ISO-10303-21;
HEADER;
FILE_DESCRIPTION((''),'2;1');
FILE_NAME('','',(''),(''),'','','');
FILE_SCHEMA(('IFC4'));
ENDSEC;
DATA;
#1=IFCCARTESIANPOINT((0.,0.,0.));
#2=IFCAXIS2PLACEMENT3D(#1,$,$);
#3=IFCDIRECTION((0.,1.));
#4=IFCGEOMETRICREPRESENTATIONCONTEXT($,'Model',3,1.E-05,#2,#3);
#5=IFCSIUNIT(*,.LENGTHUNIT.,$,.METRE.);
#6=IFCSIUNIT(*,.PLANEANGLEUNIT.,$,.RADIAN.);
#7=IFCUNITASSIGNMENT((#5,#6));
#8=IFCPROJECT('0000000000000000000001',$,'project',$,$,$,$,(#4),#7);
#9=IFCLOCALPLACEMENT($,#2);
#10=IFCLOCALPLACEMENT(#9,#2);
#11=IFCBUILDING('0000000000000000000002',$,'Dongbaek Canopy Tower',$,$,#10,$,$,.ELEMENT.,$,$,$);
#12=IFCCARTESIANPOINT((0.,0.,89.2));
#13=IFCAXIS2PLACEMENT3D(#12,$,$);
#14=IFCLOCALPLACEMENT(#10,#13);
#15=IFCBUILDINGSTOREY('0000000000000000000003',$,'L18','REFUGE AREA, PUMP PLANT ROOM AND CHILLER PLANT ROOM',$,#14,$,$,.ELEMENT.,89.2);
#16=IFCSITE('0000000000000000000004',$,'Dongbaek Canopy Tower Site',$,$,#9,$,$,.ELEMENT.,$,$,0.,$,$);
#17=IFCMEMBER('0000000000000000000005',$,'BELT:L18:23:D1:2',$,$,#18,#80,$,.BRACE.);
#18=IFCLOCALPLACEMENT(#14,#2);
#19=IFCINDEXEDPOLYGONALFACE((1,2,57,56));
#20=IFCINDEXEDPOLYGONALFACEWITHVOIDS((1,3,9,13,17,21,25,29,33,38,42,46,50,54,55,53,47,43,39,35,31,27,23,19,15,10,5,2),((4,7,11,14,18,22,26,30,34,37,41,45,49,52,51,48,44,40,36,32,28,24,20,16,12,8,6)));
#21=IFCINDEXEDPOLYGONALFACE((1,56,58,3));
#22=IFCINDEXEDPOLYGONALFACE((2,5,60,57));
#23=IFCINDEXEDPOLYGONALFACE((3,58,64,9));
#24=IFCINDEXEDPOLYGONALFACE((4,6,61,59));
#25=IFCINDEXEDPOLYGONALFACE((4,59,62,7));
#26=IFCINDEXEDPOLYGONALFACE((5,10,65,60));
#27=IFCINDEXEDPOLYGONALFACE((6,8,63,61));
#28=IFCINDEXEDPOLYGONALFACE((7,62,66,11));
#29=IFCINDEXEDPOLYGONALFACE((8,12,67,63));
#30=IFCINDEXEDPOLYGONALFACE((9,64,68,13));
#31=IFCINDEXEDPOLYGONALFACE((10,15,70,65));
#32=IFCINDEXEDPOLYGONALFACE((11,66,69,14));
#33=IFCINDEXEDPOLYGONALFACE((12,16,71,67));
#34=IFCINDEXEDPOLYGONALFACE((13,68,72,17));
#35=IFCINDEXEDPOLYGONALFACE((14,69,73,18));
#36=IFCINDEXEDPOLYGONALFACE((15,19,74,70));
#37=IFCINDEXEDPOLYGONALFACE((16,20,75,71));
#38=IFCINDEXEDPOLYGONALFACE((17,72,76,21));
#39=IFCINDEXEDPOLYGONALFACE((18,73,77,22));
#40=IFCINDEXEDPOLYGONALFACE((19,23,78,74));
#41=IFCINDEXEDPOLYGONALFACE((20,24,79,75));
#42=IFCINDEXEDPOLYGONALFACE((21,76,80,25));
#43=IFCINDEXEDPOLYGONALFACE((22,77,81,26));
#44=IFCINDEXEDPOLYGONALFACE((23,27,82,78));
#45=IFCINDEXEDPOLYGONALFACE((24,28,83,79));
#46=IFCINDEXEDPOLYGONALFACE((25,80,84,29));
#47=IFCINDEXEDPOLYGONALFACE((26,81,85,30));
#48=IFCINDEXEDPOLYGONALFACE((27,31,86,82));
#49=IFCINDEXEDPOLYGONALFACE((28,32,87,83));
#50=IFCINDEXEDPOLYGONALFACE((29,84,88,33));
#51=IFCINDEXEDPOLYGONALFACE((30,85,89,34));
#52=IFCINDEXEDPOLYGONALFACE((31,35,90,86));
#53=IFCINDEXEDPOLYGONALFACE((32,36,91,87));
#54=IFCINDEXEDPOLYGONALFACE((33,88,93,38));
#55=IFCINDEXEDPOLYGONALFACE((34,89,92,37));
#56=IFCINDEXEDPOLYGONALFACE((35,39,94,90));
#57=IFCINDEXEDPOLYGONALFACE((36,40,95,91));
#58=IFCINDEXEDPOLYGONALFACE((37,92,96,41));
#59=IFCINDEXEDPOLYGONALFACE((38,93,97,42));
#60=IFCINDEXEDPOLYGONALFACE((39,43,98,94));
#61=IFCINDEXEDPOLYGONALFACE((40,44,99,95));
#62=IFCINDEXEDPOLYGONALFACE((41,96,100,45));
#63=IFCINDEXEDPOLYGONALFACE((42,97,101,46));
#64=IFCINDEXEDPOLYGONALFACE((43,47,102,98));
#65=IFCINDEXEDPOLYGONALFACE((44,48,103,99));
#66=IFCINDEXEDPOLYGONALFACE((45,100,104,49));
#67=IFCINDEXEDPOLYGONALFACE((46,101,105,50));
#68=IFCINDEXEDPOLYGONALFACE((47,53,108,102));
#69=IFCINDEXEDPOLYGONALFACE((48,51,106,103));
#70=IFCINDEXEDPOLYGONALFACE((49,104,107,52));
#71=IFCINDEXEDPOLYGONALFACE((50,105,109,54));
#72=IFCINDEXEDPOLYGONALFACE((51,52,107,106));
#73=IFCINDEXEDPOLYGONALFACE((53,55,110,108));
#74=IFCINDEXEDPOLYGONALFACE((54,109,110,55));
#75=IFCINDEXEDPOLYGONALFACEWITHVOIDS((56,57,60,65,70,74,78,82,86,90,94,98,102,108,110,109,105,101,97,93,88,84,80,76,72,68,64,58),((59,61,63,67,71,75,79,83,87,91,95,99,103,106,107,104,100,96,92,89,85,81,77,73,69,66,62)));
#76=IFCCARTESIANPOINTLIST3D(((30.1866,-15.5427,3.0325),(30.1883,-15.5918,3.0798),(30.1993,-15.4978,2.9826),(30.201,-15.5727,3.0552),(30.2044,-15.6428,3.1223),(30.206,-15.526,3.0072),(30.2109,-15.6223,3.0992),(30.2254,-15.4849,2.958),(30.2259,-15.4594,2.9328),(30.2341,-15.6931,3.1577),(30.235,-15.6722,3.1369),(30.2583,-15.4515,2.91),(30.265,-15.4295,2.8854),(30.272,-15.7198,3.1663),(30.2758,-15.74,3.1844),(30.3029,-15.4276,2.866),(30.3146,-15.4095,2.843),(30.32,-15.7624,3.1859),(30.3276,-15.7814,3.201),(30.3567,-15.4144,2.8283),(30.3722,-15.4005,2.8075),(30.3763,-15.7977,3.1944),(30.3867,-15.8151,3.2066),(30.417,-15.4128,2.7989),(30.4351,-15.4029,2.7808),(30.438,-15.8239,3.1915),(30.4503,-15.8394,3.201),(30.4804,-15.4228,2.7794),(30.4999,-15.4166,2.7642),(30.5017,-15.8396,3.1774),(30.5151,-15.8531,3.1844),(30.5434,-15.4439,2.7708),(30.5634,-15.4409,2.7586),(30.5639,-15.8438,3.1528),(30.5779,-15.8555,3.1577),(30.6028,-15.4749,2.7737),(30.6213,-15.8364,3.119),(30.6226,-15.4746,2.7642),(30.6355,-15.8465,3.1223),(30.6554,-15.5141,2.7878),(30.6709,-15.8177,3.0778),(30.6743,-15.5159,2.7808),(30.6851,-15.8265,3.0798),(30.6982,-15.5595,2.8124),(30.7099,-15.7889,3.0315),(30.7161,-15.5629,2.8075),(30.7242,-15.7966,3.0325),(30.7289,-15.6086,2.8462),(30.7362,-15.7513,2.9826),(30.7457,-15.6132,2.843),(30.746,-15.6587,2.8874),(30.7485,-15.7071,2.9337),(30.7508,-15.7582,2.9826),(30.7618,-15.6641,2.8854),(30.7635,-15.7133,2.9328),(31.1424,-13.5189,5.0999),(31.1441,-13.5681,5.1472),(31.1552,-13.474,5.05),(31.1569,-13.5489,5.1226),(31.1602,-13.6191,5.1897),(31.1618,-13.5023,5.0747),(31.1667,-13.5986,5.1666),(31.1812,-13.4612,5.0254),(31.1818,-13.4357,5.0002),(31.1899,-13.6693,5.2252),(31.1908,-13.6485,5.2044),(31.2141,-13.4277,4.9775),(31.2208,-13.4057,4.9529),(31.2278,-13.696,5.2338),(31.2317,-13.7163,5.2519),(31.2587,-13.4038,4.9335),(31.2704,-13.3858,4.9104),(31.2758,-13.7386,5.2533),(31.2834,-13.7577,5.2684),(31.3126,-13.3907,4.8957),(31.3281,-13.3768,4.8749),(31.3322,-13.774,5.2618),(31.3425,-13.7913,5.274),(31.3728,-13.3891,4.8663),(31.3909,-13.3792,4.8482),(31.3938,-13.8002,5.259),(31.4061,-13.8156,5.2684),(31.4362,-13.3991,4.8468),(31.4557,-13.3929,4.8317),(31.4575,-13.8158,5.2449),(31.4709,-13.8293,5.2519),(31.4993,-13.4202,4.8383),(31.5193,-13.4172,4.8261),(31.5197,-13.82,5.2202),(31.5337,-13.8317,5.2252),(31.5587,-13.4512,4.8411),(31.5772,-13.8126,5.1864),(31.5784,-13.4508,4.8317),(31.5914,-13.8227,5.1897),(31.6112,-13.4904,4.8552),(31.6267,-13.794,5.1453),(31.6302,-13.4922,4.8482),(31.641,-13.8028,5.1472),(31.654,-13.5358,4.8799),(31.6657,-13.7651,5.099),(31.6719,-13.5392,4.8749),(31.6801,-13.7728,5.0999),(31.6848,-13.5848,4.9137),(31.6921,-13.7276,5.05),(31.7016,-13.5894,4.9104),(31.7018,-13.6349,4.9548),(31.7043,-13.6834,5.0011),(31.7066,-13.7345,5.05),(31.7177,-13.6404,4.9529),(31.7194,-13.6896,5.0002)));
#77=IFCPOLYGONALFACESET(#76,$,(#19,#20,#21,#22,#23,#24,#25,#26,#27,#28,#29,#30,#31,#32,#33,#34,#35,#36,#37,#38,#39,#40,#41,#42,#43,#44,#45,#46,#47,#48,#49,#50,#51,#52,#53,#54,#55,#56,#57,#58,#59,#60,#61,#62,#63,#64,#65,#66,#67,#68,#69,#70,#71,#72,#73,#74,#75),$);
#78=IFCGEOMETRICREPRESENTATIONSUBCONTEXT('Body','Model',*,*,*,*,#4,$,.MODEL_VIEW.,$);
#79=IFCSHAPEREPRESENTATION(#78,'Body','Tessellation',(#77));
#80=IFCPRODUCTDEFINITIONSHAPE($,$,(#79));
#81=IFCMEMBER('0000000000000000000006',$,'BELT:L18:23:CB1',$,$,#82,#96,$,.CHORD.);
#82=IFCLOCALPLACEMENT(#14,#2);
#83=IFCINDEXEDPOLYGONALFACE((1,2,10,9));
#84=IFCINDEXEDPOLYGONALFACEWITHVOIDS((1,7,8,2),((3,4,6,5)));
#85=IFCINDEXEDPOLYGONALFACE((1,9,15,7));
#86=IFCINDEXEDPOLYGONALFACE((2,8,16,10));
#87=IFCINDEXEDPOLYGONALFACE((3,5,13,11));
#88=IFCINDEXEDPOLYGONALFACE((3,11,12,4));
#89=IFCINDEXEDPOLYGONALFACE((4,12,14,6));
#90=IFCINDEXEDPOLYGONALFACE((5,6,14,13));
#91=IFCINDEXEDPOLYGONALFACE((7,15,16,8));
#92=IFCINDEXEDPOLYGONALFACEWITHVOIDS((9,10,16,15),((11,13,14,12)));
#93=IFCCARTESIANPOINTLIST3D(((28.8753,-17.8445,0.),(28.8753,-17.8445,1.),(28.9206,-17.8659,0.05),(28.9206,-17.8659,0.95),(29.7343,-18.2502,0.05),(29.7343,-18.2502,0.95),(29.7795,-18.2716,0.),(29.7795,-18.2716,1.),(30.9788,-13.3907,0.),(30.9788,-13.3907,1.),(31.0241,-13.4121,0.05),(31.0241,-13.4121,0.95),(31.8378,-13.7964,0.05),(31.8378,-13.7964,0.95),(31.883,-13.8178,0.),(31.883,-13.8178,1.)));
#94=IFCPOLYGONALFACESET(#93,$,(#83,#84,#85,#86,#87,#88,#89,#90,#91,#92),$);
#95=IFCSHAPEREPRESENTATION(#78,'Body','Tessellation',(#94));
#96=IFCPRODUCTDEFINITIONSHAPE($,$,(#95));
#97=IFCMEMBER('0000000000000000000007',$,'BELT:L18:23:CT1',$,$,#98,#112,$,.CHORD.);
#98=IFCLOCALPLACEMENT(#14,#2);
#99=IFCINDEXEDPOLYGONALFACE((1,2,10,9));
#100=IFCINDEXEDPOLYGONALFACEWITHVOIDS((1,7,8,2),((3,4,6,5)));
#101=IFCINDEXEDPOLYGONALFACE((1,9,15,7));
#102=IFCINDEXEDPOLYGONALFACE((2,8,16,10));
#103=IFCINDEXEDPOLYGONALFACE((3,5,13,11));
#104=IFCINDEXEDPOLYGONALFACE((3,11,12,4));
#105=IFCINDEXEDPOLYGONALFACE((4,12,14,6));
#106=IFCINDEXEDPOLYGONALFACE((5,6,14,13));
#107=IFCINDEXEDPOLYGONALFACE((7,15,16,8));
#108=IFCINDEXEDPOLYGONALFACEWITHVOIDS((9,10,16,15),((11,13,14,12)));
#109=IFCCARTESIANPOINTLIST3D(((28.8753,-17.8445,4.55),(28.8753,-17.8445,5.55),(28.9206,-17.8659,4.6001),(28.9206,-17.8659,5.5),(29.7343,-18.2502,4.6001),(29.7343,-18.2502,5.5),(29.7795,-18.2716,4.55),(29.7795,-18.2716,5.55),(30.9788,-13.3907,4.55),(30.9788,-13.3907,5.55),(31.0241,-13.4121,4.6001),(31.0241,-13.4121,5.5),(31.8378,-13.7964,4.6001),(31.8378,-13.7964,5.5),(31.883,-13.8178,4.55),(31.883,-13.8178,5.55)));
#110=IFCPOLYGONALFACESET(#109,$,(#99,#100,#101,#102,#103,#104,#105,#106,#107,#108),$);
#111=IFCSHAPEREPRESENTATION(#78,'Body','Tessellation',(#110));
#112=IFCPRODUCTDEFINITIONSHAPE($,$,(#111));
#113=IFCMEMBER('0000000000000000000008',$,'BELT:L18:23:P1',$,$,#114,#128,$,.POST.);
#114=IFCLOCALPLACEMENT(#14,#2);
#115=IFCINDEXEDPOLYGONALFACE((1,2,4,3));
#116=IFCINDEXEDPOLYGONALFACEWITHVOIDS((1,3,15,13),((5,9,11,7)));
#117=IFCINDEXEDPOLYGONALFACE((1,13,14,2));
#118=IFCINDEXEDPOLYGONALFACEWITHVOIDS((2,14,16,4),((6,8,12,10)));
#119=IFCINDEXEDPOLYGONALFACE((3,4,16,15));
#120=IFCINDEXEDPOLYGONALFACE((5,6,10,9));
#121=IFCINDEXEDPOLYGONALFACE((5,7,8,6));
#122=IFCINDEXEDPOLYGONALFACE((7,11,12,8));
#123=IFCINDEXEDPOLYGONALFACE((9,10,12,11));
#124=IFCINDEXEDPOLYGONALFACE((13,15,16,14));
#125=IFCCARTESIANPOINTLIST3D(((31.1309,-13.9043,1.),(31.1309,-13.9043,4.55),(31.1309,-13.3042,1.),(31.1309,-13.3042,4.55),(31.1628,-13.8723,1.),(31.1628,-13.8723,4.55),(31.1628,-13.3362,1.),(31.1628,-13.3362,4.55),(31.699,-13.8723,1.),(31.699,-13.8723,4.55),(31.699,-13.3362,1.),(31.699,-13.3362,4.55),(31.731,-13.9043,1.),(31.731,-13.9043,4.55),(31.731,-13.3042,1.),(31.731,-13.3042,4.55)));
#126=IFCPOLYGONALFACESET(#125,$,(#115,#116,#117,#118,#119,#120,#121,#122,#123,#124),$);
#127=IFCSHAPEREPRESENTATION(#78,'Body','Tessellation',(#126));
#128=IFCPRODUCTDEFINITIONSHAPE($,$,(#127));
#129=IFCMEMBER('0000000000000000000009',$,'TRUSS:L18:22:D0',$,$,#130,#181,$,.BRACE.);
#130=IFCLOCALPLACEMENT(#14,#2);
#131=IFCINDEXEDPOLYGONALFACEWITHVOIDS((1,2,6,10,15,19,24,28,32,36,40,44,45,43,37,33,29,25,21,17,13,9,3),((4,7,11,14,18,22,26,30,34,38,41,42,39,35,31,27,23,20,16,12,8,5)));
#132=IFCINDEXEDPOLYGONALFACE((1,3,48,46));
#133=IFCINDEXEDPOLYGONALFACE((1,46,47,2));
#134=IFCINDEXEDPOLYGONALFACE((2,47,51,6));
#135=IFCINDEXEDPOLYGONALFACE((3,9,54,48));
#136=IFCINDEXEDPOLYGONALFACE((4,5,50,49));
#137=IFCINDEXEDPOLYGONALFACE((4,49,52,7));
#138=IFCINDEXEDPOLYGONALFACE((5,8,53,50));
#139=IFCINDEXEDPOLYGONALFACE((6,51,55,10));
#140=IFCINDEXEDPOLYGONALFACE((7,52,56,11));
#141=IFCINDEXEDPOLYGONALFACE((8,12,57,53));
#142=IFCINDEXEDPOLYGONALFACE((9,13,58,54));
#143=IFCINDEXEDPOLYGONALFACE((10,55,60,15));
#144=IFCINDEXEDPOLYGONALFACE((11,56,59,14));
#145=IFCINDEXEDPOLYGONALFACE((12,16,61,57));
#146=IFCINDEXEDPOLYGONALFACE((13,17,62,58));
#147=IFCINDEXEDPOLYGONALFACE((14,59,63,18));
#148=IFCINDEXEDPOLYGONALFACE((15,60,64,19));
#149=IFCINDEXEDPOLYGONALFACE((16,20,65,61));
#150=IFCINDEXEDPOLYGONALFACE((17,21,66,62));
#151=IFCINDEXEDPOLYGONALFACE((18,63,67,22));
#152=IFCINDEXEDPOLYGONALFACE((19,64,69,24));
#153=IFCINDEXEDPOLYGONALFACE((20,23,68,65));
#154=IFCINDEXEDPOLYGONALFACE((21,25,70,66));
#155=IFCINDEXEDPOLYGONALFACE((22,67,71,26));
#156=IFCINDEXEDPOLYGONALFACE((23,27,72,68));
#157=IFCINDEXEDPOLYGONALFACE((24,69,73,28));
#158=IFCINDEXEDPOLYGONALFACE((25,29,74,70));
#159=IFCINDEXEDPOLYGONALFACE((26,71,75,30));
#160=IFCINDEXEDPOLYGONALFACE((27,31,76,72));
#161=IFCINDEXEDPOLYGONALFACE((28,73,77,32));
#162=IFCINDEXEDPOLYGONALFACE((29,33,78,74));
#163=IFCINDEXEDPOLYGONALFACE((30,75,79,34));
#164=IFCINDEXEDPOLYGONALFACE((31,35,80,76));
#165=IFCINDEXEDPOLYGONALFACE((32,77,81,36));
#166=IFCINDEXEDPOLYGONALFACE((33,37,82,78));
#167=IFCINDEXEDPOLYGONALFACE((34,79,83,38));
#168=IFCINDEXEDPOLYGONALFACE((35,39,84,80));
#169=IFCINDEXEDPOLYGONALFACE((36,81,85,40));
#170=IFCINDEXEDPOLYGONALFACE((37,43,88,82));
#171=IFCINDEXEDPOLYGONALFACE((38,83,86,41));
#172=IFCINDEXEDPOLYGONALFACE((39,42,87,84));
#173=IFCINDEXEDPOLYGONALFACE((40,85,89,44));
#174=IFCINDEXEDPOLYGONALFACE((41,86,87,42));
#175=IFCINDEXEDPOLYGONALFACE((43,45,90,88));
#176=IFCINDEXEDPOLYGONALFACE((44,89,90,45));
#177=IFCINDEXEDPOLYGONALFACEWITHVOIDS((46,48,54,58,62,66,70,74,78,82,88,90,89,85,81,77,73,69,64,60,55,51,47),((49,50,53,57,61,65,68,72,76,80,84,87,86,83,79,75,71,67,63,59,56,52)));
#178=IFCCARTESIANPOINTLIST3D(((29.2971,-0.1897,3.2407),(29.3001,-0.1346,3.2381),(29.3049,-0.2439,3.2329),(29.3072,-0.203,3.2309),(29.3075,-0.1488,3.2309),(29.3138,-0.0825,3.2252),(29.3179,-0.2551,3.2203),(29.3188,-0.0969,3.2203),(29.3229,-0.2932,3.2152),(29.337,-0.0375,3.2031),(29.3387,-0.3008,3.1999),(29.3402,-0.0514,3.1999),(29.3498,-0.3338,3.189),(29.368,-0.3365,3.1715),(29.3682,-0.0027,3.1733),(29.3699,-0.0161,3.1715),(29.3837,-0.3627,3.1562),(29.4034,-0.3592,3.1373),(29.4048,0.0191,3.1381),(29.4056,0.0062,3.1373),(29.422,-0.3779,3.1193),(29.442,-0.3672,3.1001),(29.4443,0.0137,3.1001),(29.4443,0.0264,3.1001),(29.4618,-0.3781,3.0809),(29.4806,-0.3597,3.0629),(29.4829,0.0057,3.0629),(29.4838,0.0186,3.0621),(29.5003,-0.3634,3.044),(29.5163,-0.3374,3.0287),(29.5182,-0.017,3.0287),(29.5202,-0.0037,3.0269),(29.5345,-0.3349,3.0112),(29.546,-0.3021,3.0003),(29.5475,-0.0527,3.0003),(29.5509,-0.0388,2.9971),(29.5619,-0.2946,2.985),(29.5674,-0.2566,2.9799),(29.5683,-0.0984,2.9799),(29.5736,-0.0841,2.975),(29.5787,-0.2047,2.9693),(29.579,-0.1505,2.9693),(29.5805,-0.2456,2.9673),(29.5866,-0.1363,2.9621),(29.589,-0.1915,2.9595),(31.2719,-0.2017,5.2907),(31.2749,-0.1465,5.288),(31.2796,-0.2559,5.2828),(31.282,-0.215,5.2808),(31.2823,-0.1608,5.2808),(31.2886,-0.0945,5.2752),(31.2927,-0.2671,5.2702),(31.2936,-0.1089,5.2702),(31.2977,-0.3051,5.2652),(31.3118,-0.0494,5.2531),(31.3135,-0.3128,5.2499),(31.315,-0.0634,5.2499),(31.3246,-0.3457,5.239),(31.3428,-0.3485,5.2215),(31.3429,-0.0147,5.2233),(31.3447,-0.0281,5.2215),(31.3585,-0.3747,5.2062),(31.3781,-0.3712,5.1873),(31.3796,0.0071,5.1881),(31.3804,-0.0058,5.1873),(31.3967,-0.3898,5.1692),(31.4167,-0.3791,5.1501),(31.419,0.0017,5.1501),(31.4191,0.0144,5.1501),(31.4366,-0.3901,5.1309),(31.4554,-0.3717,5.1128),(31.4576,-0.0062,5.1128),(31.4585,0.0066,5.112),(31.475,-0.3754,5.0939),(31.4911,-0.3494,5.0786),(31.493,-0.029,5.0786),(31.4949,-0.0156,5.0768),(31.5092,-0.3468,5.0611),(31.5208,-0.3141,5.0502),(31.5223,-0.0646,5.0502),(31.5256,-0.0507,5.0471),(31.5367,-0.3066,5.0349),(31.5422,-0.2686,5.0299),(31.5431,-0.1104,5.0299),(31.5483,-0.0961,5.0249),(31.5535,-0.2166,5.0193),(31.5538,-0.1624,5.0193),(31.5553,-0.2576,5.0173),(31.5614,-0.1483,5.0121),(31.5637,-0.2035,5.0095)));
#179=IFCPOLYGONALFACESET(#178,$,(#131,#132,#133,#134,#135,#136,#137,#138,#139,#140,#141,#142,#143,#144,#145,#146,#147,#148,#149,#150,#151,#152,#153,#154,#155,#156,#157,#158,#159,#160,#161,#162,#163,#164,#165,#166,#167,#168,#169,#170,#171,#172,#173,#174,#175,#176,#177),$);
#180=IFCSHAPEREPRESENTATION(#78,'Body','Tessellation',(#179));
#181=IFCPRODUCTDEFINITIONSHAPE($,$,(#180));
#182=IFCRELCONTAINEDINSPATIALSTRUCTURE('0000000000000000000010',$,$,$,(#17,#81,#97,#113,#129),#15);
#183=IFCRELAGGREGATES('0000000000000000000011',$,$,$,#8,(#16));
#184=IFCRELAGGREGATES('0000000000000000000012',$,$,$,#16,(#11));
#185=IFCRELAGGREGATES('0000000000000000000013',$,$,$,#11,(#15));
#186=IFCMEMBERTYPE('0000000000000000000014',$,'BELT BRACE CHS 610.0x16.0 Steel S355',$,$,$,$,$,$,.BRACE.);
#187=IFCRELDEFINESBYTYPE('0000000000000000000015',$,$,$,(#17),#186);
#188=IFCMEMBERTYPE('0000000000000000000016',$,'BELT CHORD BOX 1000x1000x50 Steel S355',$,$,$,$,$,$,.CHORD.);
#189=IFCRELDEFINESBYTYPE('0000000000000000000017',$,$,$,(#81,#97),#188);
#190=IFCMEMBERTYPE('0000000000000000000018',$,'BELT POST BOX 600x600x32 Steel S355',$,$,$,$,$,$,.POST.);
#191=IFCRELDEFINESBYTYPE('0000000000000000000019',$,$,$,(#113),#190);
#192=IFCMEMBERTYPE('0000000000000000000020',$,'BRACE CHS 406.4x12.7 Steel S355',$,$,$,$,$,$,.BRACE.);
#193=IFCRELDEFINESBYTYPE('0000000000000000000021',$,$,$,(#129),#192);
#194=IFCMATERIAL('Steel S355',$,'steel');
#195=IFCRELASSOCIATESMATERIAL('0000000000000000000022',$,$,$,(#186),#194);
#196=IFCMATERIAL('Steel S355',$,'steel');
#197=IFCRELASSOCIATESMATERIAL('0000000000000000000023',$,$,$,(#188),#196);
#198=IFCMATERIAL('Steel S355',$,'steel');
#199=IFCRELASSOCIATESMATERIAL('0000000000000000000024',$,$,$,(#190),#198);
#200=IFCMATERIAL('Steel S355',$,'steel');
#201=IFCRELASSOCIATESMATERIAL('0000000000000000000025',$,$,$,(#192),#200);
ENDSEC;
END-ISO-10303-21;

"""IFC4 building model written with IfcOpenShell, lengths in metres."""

from ifc_helpers import new_model, si_unit, direction, frame, origin, origin_2d, place, context, subcontext, project, spatial, hollow_rectangle, hollow_circle, extrude, material, material_profile, profile_set, type_object, element, save


model = new_model("IFC4")

# Units and contexts
model_context = context("Model", 3, precision=1e-05, world=origin(), true_north=direction((0.0, 1.0)))
body_context = subcontext(model_context, "Body", "Model", "MODEL_VIEW")
ifc_project = project(units=[si_unit("LENGTHUNIT", "METRE"), si_unit("PLANEANGLEUNIT", "RADIAN")], contexts=[model_context])

# Site, building, storey
site_placement = place(None, origin())
site = spatial("IfcSite", under=ifc_project, at=site_placement, Name="Dongbaek Canopy Tower Site", CompositionType="ELEMENT", RefElevation=0.0)
building_placement = place(site_placement, origin())
building = spatial("IfcBuilding", under=site, at=building_placement, Name="Dongbaek Canopy Tower", CompositionType="ELEMENT")
storey_placement = place(building_placement, frame((0.0, 0.0, 89.2)))
storey = spatial("IfcBuildingStorey", under=building, at=storey_placement, Name="L18", Description="REFUGE AREA, PUMP PLANT ROOM AND CHILLER PLANT ROOM", CompositionType="ELEMENT", Elevation=89.2)

# Members
ifc_material_1 = material(Name="Steel S355", Category="steel")
ifc_material_profile_1 = material_profile(ifc_material_1, hollow_circle(Radius=0.3049, WallThickness=0.0161, at=origin_2d()), Name="BELT BRACE CHS 610.0x16.0 Steel S355")
ifc_profile_set_1 = profile_set([ifc_material_profile_1], Name="Steel S355")
member_type_1 = type_object("IfcMemberType", Name="BELT BRACE CHS 610.0x16.0 Steel S355", PredefinedType="BRACE", material=ifc_profile_set_1)
member_1_placement = place(storey_placement, frame((31.4309, -13.6042, 5.05), z_axis=(-0.313711, -0.664201, -0.678544), x_axis=(0.904217, -0.427073, 0.0)))
element("IfcMember", 1, at=member_1_placement, inside=storey, type_object=member_type_1, Name="BELT:L18:23:D1:2", PredefinedType="BRACE", context=body_context, shape_type="SweptSolid", body=[
    extrude(hollow_circle(Radius=0.3049, WallThickness=0.0161, at=origin_2d()), origin(), (0.0, 0.0, 1.0), 3.0469),
])
ifc_material_2 = material(Name="Steel S355", Category="steel")
ifc_material_profile_2 = material_profile(ifc_material_2, hollow_rectangle(XDim=1.0, YDim=1.0, WallThickness=0.05, at=origin_2d()), Name="BELT CHORD BOX 1000x1000x50 Steel S355")
ifc_profile_set_2 = profile_set([ifc_material_profile_2], Name="Steel S355")
member_type_2 = type_object("IfcMemberType", Name="BELT CHORD BOX 1000x1000x50 Steel S355", PredefinedType="CHORD", material=ifc_profile_set_2)
for number, where, z_axis, x_axis, name in (
    (2, (31.4309, -13.6042, 0.5), (-0.427057, -0.904225, 0.0), (0.904225, -0.427057, 0.0), "BELT:L18:23:CB1"),
    (3, (31.4309, -13.6042, 5.05), (-0.427057, -0.904225, 0.0), (0.904225, -0.427057, 0.0), "BELT:L18:23:CT1"),
):
    element("IfcMember", number, at=place(storey_placement, frame(where, z_axis=z_axis, x_axis=x_axis)), inside=storey, type_object=member_type_2, Name=name, PredefinedType="CHORD", context=body_context, shape_type="SweptSolid", body=[
        extrude(hollow_rectangle(XDim=1.0, YDim=1.0, WallThickness=0.05, at=origin_2d()), origin(), (0.0, 0.0, 1.0), 4.9255),
    ])
ifc_material_3 = material(Name="Steel S355", Category="steel")
ifc_material_profile_3 = material_profile(ifc_material_3, hollow_rectangle(XDim=0.6001, YDim=0.6001, WallThickness=0.032, at=origin_2d()), Name="BELT POST BOX 600x600x32 Steel S355")
ifc_profile_set_3 = profile_set([ifc_material_profile_3], Name="Steel S355")
member_type_3 = type_object("IfcMemberType", Name="BELT POST BOX 600x600x32 Steel S355", PredefinedType="POST", material=ifc_profile_set_3)
member_2_placement = place(storey_placement, frame((31.4309, -13.6042, 1.0), z_axis=(0.0, 0.0, 1.0), x_axis=(1.0, 0.0, 0.0)))
element("IfcMember", 4, at=member_2_placement, inside=storey, type_object=member_type_3, Name="BELT:L18:23:P1", PredefinedType="POST", context=body_context, shape_type="SweptSolid", body=[
    extrude(hollow_rectangle(XDim=0.6001, YDim=0.6001, WallThickness=0.032, at=origin_2d()), origin(), (0.0, 0.0, 1.0), 3.55),
])
ifc_material_4 = material(Name="Steel S355", Category="steel")
ifc_material_profile_4 = material_profile(ifc_material_4, hollow_circle(Radius=0.2031, WallThickness=0.0127, at=origin_2d()), Name="BRACE CHS 406.4x12.7 Steel S355")
ifc_profile_set_4 = profile_set([ifc_material_profile_4], Name="Steel S355")
member_type_4 = type_object("IfcMemberType", Name="BRACE CHS 406.4x12.7 Steel S355", PredefinedType="BRACE", material=ifc_profile_set_4)
member_3_placement = place(storey_placement, frame((29.4431, -0.1768, 3.1001), z_axis=(0.693769, -0.004203, 0.720185), x_axis=(0.006057, 0.999982, 0.0)))
element("IfcMember", 5, at=member_3_placement, inside=storey, type_object=member_type_4, Name="TRUSS:L18:22:D0", PredefinedType="BRACE", context=body_context, shape_type="SweptSolid", body=[
    extrude(hollow_circle(Radius=0.2031, WallThickness=0.0127, at=origin_2d()), origin(), (0.0, 0.0, 1.0), 2.8464),
])

save(model, "model.ifc")
